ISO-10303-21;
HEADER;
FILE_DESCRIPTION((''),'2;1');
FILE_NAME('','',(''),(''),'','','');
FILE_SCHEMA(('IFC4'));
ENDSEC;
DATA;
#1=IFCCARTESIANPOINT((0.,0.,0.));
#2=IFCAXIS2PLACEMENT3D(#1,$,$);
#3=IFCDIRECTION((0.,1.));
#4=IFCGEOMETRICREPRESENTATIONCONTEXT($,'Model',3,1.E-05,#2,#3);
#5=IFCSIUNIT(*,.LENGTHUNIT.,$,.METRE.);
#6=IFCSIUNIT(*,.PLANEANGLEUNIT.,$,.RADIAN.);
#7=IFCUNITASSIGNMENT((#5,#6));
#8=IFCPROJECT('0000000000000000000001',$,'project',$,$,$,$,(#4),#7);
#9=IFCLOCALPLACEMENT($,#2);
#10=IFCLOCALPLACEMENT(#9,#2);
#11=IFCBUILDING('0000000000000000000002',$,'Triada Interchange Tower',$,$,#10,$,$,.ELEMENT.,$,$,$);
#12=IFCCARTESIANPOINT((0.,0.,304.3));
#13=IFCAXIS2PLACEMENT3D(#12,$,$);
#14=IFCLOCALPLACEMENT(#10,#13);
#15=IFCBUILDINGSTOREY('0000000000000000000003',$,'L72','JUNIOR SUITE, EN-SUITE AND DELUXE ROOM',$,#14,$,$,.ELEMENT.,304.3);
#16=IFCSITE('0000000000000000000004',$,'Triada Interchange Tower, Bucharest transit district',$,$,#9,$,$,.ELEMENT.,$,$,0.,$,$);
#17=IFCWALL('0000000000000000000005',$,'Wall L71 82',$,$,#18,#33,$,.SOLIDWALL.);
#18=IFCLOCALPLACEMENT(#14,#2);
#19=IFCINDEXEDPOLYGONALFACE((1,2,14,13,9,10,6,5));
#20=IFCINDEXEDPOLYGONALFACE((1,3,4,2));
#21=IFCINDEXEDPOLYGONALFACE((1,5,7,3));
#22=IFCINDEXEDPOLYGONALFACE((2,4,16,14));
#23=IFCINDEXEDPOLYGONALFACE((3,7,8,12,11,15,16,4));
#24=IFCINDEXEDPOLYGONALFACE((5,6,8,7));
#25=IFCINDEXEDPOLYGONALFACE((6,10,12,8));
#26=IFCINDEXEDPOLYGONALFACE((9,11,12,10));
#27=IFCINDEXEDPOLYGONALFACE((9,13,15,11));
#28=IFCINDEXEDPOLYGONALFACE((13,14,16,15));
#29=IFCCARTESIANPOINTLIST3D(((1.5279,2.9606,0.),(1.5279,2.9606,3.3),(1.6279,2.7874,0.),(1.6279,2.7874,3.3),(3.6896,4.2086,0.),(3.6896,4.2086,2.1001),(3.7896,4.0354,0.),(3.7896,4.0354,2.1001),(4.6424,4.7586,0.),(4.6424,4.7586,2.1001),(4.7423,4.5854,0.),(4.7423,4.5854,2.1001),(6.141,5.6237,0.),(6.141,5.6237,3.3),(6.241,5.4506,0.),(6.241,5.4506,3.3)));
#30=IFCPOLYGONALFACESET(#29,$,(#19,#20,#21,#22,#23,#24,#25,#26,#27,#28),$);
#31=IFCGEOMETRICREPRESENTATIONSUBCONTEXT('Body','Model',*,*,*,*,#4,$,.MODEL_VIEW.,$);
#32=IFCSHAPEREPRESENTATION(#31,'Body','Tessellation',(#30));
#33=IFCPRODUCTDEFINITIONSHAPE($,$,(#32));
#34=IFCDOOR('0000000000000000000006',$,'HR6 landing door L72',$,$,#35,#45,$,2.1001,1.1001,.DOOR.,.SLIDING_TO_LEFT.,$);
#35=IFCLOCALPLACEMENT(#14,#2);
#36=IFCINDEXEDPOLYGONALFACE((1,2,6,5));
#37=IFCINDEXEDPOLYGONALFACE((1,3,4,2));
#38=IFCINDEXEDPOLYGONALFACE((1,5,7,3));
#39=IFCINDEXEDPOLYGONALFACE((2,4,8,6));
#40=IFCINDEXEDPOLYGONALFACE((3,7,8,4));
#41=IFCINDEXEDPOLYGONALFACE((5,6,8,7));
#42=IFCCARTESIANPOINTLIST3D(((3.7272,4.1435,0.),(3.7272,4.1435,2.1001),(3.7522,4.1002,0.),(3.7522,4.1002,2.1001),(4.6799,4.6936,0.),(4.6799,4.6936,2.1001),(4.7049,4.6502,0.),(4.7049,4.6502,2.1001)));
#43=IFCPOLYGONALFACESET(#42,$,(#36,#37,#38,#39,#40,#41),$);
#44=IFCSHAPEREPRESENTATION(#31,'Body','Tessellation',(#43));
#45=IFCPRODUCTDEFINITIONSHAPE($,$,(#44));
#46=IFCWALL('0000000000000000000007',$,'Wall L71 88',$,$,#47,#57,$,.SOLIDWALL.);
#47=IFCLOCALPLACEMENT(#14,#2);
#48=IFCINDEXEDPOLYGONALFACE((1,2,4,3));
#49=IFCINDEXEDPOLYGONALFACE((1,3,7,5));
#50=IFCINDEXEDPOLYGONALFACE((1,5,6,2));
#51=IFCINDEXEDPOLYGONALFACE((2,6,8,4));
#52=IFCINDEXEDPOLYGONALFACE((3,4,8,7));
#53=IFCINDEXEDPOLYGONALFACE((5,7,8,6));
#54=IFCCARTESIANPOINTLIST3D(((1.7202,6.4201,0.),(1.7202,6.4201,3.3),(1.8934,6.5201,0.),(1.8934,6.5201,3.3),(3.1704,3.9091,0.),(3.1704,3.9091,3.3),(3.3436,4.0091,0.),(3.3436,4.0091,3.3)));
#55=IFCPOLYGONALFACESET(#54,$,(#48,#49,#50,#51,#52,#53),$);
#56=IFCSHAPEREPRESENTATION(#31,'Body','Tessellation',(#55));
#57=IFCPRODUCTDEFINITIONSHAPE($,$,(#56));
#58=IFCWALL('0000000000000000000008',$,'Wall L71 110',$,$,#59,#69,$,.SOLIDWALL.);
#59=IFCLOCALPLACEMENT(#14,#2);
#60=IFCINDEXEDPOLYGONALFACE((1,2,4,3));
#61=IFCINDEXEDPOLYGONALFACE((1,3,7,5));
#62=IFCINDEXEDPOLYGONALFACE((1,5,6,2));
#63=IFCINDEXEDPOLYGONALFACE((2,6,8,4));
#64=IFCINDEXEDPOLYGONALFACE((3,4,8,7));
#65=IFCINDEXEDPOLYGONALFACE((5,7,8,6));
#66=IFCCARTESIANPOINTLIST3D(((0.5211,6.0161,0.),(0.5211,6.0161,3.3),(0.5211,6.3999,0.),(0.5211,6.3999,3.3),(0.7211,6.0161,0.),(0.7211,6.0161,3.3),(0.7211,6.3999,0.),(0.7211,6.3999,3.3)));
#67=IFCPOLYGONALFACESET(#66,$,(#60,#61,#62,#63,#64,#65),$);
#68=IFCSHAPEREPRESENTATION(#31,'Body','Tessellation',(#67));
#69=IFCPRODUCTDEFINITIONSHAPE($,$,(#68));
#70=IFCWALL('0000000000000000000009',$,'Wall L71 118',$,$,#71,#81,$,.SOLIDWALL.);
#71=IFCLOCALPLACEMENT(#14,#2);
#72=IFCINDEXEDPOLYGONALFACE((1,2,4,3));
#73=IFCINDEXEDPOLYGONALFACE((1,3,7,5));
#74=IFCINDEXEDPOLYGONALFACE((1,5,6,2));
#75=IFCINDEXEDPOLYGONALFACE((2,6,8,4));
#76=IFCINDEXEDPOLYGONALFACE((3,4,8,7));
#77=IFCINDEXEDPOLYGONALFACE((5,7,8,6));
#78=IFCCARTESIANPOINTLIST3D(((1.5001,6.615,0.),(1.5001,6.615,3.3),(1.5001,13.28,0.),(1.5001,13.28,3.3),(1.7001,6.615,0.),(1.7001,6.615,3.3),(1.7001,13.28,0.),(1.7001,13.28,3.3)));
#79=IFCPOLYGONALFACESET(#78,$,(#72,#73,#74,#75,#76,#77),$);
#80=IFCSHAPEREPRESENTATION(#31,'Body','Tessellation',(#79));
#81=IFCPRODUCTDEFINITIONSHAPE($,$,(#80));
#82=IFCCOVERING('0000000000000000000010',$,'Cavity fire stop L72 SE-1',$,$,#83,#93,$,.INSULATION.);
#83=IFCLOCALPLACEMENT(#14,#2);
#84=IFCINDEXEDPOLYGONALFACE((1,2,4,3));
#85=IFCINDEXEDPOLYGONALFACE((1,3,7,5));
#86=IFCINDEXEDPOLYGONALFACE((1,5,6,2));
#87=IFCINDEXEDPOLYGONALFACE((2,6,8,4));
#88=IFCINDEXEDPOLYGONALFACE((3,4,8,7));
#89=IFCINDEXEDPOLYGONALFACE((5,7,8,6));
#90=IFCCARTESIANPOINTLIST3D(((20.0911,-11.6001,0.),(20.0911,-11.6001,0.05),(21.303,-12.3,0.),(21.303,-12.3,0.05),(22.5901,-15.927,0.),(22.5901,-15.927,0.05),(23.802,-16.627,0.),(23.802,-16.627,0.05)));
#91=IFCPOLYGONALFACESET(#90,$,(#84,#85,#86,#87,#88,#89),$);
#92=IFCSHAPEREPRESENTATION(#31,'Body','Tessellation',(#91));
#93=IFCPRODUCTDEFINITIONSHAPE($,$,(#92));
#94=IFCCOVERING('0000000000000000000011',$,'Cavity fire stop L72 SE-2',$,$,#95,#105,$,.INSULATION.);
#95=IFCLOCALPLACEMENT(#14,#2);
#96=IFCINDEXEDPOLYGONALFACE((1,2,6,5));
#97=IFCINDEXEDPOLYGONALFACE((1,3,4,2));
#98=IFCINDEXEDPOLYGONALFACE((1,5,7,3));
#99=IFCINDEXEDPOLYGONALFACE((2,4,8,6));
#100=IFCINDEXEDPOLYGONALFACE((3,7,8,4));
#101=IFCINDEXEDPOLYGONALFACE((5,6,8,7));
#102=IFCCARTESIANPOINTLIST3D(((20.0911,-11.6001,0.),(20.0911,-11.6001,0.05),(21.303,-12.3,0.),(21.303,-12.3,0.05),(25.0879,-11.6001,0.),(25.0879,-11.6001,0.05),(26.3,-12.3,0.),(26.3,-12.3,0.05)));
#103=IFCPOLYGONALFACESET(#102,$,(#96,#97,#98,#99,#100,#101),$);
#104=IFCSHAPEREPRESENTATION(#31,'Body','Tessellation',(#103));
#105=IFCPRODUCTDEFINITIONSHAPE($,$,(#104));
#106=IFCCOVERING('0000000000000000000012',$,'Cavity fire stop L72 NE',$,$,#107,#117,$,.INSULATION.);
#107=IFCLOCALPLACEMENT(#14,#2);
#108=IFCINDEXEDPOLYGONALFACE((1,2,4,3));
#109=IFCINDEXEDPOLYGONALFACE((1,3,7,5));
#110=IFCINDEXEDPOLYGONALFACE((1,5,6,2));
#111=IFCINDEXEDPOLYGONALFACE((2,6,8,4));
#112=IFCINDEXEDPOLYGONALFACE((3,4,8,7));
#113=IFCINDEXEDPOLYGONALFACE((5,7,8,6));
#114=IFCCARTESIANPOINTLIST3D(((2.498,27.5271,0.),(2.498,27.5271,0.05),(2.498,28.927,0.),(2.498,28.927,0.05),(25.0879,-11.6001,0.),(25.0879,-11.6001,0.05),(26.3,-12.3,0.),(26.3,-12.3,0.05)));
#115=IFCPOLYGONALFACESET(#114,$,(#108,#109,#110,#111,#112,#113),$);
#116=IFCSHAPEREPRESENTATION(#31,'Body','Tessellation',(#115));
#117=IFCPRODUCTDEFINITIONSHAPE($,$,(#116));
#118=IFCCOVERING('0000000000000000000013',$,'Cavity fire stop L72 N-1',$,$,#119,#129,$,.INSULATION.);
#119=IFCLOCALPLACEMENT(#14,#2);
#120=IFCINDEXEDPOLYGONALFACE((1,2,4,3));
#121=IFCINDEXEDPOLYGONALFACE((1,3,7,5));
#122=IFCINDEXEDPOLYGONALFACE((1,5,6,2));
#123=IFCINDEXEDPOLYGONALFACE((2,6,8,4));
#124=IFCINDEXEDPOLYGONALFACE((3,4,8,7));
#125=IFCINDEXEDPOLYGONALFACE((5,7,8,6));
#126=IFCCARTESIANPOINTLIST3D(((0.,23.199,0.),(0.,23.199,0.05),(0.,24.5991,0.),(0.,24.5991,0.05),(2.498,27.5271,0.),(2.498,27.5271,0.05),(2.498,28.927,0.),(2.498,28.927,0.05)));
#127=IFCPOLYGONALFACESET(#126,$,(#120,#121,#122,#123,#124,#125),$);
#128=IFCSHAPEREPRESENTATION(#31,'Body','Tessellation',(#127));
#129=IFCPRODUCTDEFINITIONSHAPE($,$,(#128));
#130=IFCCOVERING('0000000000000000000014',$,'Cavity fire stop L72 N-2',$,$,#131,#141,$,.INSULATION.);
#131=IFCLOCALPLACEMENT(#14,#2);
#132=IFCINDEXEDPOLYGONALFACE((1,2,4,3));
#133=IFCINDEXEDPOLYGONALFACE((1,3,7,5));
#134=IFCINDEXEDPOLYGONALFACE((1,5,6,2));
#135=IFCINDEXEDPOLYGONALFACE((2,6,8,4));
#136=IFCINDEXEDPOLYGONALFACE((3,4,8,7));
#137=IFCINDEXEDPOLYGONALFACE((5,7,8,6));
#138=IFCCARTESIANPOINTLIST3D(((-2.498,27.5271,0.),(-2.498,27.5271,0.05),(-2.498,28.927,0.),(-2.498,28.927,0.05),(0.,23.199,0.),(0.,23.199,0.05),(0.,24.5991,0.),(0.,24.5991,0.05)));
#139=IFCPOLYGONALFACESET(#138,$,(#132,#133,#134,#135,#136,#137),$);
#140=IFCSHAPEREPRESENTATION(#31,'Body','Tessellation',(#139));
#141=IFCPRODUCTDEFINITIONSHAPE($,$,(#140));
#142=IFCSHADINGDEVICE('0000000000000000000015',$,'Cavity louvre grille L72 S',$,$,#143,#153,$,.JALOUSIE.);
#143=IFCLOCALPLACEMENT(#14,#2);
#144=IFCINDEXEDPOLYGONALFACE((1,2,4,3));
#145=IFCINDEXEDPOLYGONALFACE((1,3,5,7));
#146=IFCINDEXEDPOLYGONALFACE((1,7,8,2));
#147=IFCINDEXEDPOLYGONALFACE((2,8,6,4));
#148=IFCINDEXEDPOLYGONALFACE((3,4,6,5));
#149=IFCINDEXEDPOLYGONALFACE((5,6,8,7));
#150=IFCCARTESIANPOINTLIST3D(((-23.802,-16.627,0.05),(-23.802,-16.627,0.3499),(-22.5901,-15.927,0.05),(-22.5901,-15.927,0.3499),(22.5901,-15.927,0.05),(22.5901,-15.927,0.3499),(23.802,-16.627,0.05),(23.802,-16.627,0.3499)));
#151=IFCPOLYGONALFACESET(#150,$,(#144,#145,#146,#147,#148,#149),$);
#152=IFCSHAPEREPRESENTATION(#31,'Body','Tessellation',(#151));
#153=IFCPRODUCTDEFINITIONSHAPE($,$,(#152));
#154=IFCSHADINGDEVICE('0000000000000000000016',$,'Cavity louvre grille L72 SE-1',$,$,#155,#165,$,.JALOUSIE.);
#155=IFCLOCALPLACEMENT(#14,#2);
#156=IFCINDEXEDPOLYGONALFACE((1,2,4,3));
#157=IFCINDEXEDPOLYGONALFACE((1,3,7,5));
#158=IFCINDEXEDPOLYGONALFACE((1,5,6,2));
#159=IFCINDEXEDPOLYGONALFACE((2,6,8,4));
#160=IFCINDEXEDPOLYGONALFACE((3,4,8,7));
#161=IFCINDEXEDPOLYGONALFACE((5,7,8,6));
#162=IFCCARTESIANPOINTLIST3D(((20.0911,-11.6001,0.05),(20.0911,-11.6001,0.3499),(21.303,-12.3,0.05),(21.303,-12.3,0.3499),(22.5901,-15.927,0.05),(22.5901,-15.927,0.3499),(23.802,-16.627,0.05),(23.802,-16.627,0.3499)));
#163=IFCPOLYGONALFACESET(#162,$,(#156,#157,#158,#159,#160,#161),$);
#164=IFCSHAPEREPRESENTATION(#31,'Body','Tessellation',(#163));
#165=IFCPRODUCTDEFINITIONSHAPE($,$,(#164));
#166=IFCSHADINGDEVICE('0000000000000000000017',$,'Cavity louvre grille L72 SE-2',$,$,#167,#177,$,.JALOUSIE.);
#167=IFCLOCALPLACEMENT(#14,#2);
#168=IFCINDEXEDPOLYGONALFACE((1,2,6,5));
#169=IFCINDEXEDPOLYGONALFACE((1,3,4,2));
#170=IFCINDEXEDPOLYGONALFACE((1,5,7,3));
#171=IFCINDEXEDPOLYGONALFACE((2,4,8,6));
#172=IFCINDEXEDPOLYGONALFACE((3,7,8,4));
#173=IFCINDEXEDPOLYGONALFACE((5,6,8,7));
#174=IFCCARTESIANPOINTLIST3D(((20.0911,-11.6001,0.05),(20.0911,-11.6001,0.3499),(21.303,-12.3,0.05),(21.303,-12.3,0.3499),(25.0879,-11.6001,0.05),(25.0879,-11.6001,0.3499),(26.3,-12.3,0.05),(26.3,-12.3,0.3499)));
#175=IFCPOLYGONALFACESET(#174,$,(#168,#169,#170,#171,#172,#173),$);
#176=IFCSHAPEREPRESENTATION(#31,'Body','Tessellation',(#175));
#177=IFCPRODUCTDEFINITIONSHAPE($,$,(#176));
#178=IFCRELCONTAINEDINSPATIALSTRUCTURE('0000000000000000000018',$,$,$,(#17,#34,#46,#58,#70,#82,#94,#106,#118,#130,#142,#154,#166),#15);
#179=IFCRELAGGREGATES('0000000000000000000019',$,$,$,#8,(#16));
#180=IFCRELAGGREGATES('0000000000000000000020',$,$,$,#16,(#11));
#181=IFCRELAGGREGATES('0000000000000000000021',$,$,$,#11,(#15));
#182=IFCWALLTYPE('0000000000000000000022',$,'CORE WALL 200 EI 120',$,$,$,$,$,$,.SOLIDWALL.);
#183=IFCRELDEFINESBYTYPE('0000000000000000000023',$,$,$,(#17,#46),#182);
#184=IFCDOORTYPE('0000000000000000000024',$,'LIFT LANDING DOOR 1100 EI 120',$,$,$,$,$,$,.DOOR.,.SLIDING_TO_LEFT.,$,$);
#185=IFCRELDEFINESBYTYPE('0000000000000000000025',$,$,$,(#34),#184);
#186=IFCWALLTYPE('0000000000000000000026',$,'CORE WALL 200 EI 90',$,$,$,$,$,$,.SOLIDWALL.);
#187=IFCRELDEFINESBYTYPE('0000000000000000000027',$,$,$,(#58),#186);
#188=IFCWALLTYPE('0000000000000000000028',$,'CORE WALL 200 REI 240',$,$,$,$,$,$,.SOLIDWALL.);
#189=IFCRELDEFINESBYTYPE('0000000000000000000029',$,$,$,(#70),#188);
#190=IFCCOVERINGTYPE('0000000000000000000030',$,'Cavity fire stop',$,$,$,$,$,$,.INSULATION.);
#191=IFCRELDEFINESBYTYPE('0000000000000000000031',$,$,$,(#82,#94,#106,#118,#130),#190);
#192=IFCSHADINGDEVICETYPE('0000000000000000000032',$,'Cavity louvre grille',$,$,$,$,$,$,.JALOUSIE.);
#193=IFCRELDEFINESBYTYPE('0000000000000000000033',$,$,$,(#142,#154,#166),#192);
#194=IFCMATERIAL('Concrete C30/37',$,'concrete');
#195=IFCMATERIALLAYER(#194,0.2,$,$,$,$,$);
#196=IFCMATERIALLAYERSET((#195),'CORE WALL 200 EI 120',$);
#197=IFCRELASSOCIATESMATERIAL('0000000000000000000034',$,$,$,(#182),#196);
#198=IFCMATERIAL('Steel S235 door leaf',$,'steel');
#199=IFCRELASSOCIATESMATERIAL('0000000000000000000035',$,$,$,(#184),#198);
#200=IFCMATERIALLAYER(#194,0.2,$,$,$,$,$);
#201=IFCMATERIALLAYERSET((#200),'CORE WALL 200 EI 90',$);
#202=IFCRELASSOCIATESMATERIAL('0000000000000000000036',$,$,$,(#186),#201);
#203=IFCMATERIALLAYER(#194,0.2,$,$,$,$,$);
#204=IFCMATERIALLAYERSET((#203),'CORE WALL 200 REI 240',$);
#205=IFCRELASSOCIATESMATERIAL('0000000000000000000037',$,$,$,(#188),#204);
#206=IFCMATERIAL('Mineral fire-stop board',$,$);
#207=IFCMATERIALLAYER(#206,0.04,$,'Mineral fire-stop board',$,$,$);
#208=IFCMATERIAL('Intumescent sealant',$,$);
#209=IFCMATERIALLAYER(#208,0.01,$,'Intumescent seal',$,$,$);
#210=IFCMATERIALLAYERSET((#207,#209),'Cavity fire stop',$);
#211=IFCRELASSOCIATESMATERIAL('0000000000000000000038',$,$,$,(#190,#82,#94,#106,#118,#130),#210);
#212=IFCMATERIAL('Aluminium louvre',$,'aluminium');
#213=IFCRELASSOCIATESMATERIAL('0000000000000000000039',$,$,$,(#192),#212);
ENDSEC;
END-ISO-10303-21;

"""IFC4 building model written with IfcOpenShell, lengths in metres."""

from ifc_helpers import new_model, si_unit, direction, frame, frame_2d, origin, place, context, subcontext, project, spatial, polyline, rectangle, outline, extrude, material, layer, layer_set, layer_usage, type_object, element, fill, save


model = new_model("IFC4")

# Units and contexts
model_context = context("Model", 3, precision=1e-05, world=origin(), true_north=direction((0.0, 1.0)))
body_context = subcontext(model_context, "Body", "Model", "MODEL_VIEW")
ifc_project = project(units=[si_unit("LENGTHUNIT", "METRE"), si_unit("PLANEANGLEUNIT", "RADIAN")], contexts=[model_context])

# Site, building, storey
site_placement = place(None, origin())
site = spatial("IfcSite", under=ifc_project, at=site_placement, Name="Triada Interchange Tower, Bucharest transit district", CompositionType="ELEMENT", RefElevation=0.0)
building_placement = place(site_placement, origin())
building = spatial("IfcBuilding", under=site, at=building_placement, Name="Triada Interchange Tower", CompositionType="ELEMENT")
storey_placement = place(building_placement, frame((0.0, 0.0, 304.3)))
storey = spatial("IfcBuildingStorey", under=building, at=storey_placement, Name="L72", Description="JUNIOR SUITE, EN-SUITE AND DELUXE ROOM", CompositionType="ELEMENT", Elevation=304.3)

# Wall, opening, door
ifc_material_1 = material(Name="Concrete C30/37", Category="concrete")
ifc_layer_1 = layer(ifc_material_1, 0.2)
ifc_layer_set_1 = layer_set([ifc_layer_1], Name="CORE WALL 200 EI 120")
wall_type_1 = type_object("IfcWallType", Name="CORE WALL 200 EI 120", PredefinedType="SOLIDWALL", material=ifc_layer_set_1)
ifc_material_2 = material(Name="Steel S235 door leaf", Category="steel")
door_type = type_object("IfcDoorType", Name="LIFT LANDING DOOR 1100 EI 120", OperationType="SLIDING_TO_LEFT", PredefinedType="DOOR", material=ifc_material_2)
wall_1_placement = place(storey_placement, frame((1.5779, 2.874, 0.0), z_axis=(0.0, 0.0, 1.0), x_axis=(0.866046, 0.499964, 0.0)))
wall_1 = element("IfcWall", 1, at=wall_1_placement, inside=storey, type_object=wall_type_1, Name="Wall L71 82", PredefinedType="SOLIDWALL", context=body_context, shape_type="SweptSolid", body=[
    extrude(rectangle(XDim=5.3267, YDim=0.2, at=frame_2d((2.6633, 0.0))), origin(), (0.0, 0.0, 1.0), 3.3),
])
opening_1_placement = place(wall_1_placement, frame((2.4961, 0.0, 0.0)))
opening_1 = element("IfcOpeningElement", 2, at=opening_1_placement, cuts=wall_1, PredefinedType="OPENING", context=body_context, shape_type="SweptSolid", body=[
    extrude(rectangle(XDim=1.1001, YDim=2.1001, at=frame_2d((0.55, 1.05))), frame((0.0, 0.1099, 0.0), z_axis=(0.0, -1.0, 0.0), x_axis=(1.0, 0.0, 0.0)), (0.0, 0.0, 1.0), 0.22),
])
door_1_placement = place(opening_1_placement, origin())
door_1 = element("IfcDoor", 3, at=door_1_placement, inside=storey, type_object=door_type, Name="HR6 landing door L72", OperationType="SLIDING_TO_LEFT", OverallHeight=2.1001, OverallWidth=1.1001, PredefinedType="DOOR", context=body_context, shape_type="SweptSolid", body=[
    extrude(rectangle(XDim=1.1001, YDim=2.1001, at=frame_2d((0.55, 1.05))), frame((0.0, 0.0249, 0.0), z_axis=(0.0, -1.0, 0.0), x_axis=(1.0, 0.0, 0.0)), (0.0, 0.0, 1.0), 0.05),
])
fill(opening_1, door_1)

# Walls
wall_2_placement = place(storey_placement, frame((1.8069, 6.47, 0.0), z_axis=(0.0, 0.0, 1.0), x_axis=(0.500123, -0.865954, 0.0)))
element("IfcWall", 4, at=wall_2_placement, inside=storey, type_object=wall_type_1, Name="Wall L71 88", PredefinedType="SOLIDWALL", context=body_context, shape_type="SweptSolid", body=[
    extrude(rectangle(XDim=2.8997, YDim=0.2, at=frame_2d((1.4497, 0.0))), origin(), (0.0, 0.0, 1.0), 3.3),
])
ifc_layer_2 = layer(ifc_material_1, 0.2)
ifc_layer_set_2 = layer_set([ifc_layer_2], Name="CORE WALL 200 EI 90")
wall_type_2 = type_object("IfcWallType", Name="CORE WALL 200 EI 90", PredefinedType="SOLIDWALL", material=ifc_layer_set_2)
wall_3_placement = place(storey_placement, frame((0.6211, 6.0161, 0.0), z_axis=(0.0, 0.0, 1.0), x_axis=(0.0, 1.0, 0.0)))
element("IfcWall", 5, at=wall_3_placement, inside=storey, type_object=wall_type_2, Name="Wall L71 110", PredefinedType="SOLIDWALL", context=body_context, shape_type="SweptSolid", body=[
    extrude(rectangle(XDim=0.3838, YDim=0.2, at=frame_2d((0.1919, 0.0))), origin(), (0.0, 0.0, 1.0), 3.3),
])
ifc_layer_3 = layer(ifc_material_1, 0.2)
ifc_layer_set_3 = layer_set([ifc_layer_3], Name="CORE WALL 200 REI 240")
wall_type_3 = type_object("IfcWallType", Name="CORE WALL 200 REI 240", PredefinedType="SOLIDWALL", material=ifc_layer_set_3)
wall_4_placement = place(storey_placement, frame((1.6001, 6.615, 0.0), z_axis=(0.0, 0.0, 1.0), x_axis=(0.0, 1.0, 0.0)))
element("IfcWall", 6, at=wall_4_placement, inside=storey, type_object=wall_type_3, Name="Wall L71 118", PredefinedType="SOLIDWALL", context=body_context, shape_type="SweptSolid", body=[
    extrude(rectangle(XDim=6.665, YDim=0.2, at=frame_2d((3.3325, 0.0))), origin(), (0.0, 0.0, 1.0), 3.3),
])

# Coverings
ifc_material_3 = material(Name="Mineral fire-stop board")
ifc_layer_4 = layer(ifc_material_3, 0.04, Name="Mineral fire-stop board")
ifc_material_4 = material(Name="Intumescent sealant")
ifc_layer_5 = layer(ifc_material_4, 0.01, Name="Intumescent seal")
ifc_layer_set_4 = layer_set([ifc_layer_4, ifc_layer_5], Name="Cavity fire stop")
ifc_layer_usage = layer_usage(ifc_layer_set_4, "AXIS3", "POSITIVE", 0.0)
covering_type = type_object("IfcCoveringType", Name="Cavity fire stop", PredefinedType="INSULATION", material=ifc_layer_set_4)
covering_1_placement = place(storey_placement, origin())
element("IfcCovering", 7, at=covering_1_placement, inside=storey, type_object=covering_type, material=ifc_layer_usage, Name="Cavity fire stop L72 SE-1", PredefinedType="INSULATION", context=body_context, shape_type="SweptSolid", body=[
    extrude(outline(polyline([(22.5901, -15.927), (23.802, -16.627), (21.303, -12.3), (20.0911, -11.6001), (22.5901, -15.927)])), origin(), (0.0, 0.0, 1.0), 0.05),
])
covering_2_placement = place(storey_placement, origin())
element("IfcCovering", 8, at=covering_2_placement, inside=storey, type_object=covering_type, material=ifc_layer_usage, Name="Cavity fire stop L72 SE-2", PredefinedType="INSULATION", context=body_context, shape_type="SweptSolid", body=[
    extrude(outline(polyline([(20.0911, -11.6001), (21.303, -12.3), (26.3, -12.3), (25.0879, -11.6001), (20.0911, -11.6001)])), origin(), (0.0, 0.0, 1.0), 0.05),
])
covering_3_placement = place(storey_placement, origin())
element("IfcCovering", 9, at=covering_3_placement, inside=storey, type_object=covering_type, material=ifc_layer_usage, Name="Cavity fire stop L72 NE", PredefinedType="INSULATION", context=body_context, shape_type="SweptSolid", body=[
    extrude(outline(polyline([(25.0879, -11.6001), (26.3, -12.3), (2.498, 28.927), (2.498, 27.5271), (25.0879, -11.6001)])), origin(), (0.0, 0.0, 1.0), 0.05),
])
covering_4_placement = place(storey_placement, origin())
element("IfcCovering", 10, at=covering_4_placement, inside=storey, type_object=covering_type, material=ifc_layer_usage, Name="Cavity fire stop L72 N-1", PredefinedType="INSULATION", context=body_context, shape_type="SweptSolid", body=[
    extrude(outline(polyline([(2.498, 27.5271), (2.498, 28.927), (0.0, 24.5991), (0.0, 23.199), (2.498, 27.5271)])), origin(), (0.0, 0.0, 1.0), 0.05),
])
covering_5_placement = place(storey_placement, origin())
element("IfcCovering", 11, at=covering_5_placement, inside=storey, type_object=covering_type, material=ifc_layer_usage, Name="Cavity fire stop L72 N-2", PredefinedType="INSULATION", context=body_context, shape_type="SweptSolid", body=[
    extrude(outline(polyline([(0.0, 23.199), (0.0, 24.5991), (-2.498, 28.927), (-2.498, 27.5271), (0.0, 23.199)])), origin(), (0.0, 0.0, 1.0), 0.05),
])

# Shading devices
ifc_material_5 = material(Name="Aluminium louvre", Category="aluminium")
shading_device_type = type_object("IfcShadingDeviceType", Name="Cavity louvre grille", PredefinedType="JALOUSIE", material=ifc_material_5)
shading_device_1_placement = place(storey_placement, frame((0.0, 0.0, 0.05)))
element("IfcShadingDevice", 12, at=shading_device_1_placement, inside=storey, type_object=shading_device_type, Name="Cavity louvre grille L72 S", PredefinedType="JALOUSIE", context=body_context, shape_type="SweptSolid", body=[
    extrude(outline(polyline([(-22.5901, -15.927), (-23.802, -16.627), (23.802, -16.627), (22.5901, -15.927), (-22.5901, -15.927)])), origin(), (0.0, 0.0, 1.0), 0.2998),
])
shading_device_2_placement = place(storey_placement, frame((0.0, 0.0, 0.05)))
element("IfcShadingDevice", 13, at=shading_device_2_placement, inside=storey, type_object=shading_device_type, Name="Cavity louvre grille L72 SE-1", PredefinedType="JALOUSIE", context=body_context, shape_type="SweptSolid", body=[
    extrude(outline(polyline([(22.5901, -15.927), (23.802, -16.627), (21.303, -12.3), (20.0911, -11.6001), (22.5901, -15.927)])), origin(), (0.0, 0.0, 1.0), 0.2998),
])
shading_device_3_placement = place(storey_placement, frame((0.0, 0.0, 0.05)))
element("IfcShadingDevice", 14, at=shading_device_3_placement, inside=storey, type_object=shading_device_type, Name="Cavity louvre grille L72 SE-2", PredefinedType="JALOUSIE", context=body_context, shape_type="SweptSolid", body=[
    extrude(outline(polyline([(20.0911, -11.6001), (21.303, -12.3), (26.3, -12.3), (25.0879, -11.6001), (20.0911, -11.6001)])), origin(), (0.0, 0.0, 1.0), 0.2998),
])

save(model, "model.ifc")
